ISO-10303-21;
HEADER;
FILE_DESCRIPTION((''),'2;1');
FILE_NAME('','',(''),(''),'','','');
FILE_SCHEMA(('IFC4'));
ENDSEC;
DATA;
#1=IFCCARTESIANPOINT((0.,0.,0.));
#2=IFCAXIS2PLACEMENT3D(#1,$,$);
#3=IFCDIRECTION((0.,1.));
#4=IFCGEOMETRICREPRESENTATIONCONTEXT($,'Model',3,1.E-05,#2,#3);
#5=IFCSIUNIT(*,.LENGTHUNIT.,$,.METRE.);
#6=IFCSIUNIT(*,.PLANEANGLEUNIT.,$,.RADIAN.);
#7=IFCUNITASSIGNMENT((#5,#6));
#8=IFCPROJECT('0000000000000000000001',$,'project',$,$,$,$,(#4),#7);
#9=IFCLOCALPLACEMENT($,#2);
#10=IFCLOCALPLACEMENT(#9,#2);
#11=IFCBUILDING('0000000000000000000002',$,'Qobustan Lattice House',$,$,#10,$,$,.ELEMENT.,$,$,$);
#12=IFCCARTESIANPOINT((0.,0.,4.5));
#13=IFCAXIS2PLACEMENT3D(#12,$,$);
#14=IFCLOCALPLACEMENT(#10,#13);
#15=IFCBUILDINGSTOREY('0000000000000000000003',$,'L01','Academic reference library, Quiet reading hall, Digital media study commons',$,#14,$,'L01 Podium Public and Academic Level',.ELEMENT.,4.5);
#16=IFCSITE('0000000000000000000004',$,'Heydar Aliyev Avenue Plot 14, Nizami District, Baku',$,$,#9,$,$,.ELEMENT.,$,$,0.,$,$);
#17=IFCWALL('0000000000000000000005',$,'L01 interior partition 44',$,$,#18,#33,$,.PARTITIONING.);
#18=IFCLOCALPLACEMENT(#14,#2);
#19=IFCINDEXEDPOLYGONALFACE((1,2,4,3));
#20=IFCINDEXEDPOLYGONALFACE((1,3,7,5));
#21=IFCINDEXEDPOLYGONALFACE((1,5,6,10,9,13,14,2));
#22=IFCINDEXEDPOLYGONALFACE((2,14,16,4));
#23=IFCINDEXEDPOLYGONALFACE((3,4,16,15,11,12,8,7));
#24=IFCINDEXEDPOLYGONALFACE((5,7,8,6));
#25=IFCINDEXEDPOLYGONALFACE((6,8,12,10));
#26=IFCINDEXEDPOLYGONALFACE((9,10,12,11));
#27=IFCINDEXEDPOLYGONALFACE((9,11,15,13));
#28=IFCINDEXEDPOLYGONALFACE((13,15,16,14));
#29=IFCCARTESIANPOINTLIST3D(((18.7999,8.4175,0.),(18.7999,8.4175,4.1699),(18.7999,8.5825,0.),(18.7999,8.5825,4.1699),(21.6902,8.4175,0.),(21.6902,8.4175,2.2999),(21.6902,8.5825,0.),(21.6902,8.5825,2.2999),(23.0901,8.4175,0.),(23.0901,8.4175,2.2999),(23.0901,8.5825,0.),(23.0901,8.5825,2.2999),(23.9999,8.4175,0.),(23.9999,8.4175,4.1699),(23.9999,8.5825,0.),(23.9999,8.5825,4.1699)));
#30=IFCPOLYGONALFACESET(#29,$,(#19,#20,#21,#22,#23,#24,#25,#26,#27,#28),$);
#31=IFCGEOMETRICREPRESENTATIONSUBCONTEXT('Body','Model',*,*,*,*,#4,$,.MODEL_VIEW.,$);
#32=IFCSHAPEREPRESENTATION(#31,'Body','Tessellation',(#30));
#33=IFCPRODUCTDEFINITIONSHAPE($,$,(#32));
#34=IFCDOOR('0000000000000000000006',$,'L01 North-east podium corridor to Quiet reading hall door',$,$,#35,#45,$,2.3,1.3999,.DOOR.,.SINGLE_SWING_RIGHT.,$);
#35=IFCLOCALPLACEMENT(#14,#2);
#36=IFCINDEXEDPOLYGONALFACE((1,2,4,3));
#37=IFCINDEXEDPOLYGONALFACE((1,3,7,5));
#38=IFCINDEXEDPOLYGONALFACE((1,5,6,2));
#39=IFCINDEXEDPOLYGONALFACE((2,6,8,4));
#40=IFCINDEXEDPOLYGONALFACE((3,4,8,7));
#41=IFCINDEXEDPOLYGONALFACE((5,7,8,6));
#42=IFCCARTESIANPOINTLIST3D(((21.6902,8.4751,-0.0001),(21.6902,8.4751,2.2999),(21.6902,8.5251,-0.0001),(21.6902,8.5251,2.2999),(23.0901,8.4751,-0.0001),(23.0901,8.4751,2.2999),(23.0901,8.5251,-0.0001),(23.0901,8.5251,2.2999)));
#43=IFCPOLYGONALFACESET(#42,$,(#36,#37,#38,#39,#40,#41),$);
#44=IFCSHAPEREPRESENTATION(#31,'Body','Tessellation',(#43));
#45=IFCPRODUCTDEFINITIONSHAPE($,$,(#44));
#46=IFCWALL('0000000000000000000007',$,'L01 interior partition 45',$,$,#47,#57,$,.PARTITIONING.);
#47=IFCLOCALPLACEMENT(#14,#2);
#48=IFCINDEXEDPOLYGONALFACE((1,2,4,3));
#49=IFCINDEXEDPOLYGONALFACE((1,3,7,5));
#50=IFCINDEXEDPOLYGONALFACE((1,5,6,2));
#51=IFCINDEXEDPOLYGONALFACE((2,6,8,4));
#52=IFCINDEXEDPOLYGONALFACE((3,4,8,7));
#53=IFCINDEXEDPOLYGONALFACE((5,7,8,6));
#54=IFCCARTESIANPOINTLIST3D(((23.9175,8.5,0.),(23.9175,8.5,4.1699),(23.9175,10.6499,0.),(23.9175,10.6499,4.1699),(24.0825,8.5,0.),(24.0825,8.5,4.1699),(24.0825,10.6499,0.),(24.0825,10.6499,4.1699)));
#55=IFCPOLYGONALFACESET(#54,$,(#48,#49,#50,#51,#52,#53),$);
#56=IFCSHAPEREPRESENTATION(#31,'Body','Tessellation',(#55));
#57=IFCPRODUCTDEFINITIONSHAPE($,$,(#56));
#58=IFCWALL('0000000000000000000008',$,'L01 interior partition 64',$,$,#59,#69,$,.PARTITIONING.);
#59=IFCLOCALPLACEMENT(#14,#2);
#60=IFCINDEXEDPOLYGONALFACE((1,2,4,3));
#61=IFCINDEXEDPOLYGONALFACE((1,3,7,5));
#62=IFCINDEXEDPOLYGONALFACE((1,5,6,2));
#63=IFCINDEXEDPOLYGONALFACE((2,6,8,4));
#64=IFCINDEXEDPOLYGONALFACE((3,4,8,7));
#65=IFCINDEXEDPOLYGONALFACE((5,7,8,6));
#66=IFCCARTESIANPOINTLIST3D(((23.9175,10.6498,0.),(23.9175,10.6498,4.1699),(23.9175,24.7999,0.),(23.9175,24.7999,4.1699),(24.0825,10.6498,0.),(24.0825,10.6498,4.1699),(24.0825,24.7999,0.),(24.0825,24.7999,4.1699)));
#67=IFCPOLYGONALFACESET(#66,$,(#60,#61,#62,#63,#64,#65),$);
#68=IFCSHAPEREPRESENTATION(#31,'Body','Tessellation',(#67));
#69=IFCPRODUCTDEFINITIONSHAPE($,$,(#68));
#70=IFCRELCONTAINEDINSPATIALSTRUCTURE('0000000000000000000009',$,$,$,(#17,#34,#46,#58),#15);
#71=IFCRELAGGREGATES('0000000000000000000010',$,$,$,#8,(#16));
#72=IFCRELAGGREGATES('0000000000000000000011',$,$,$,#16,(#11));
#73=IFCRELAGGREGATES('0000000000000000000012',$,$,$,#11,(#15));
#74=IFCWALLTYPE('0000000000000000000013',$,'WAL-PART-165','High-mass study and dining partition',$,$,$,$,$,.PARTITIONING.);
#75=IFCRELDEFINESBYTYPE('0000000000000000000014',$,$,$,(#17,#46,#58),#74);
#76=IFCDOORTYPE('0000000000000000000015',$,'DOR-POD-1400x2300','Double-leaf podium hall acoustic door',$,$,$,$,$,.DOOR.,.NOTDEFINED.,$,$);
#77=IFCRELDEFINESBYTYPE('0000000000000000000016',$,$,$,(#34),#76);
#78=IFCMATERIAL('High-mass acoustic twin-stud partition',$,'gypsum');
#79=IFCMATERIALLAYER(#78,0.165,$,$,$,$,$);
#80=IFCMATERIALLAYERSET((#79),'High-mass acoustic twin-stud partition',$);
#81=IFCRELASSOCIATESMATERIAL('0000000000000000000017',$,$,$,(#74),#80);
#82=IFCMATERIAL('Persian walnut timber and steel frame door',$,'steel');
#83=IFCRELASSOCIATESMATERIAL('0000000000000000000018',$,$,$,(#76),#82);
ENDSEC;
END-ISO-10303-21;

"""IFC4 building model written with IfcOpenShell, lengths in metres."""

from ifc_helpers import new_model, si_unit, direction, frame, frame_2d, origin, place, context, subcontext, project, spatial, rectangle, extrude, material, layer, layer_set, type_object, element, fill, save


model = new_model("IFC4")

# Units and contexts
model_context = context("Model", 3, precision=1e-05, world=origin(), true_north=direction((0.0, 1.0)))
body_context = subcontext(model_context, "Body", "Model", "MODEL_VIEW")
ifc_project = project(units=[si_unit("LENGTHUNIT", "METRE"), si_unit("PLANEANGLEUNIT", "RADIAN")], contexts=[model_context])

# Site, building, storey
site_placement = place(None, origin())
site = spatial("IfcSite", under=ifc_project, at=site_placement, Name="Heydar Aliyev Avenue Plot 14, Nizami District, Baku", CompositionType="ELEMENT", RefElevation=0.0)
building_placement = place(site_placement, origin())
building = spatial("IfcBuilding", under=site, at=building_placement, Name="Qobustan Lattice House", CompositionType="ELEMENT")
storey_placement = place(building_placement, frame((0.0, 0.0, 4.5)))
storey = spatial("IfcBuildingStorey", under=building, at=storey_placement, Name="L01", Description="Academic reference library, Quiet reading hall, Digital media study commons", LongName="L01 Podium Public and Academic Level", CompositionType="ELEMENT", Elevation=4.5)

# Wall, opening, door
ifc_material_1 = material(Name="High-mass acoustic twin-stud partition", Category="gypsum")
ifc_layer_1 = layer(ifc_material_1, 0.165)
ifc_layer_set_1 = layer_set([ifc_layer_1], Name="High-mass acoustic twin-stud partition")
wall_type_1 = type_object("IfcWallType", Name="WAL-PART-165", Description="High-mass study and dining partition", PredefinedType="PARTITIONING", material=ifc_layer_set_1)
wall_1_placement = place(storey_placement, frame((24.0, 8.5, 0.0), z_axis=(0.0, 0.0, 1.0), x_axis=(-1.0, 0.0, 0.0)))
wall_1 = element("IfcWall", 1, at=wall_1_placement, inside=storey, type_object=wall_type_1, Name="L01 interior partition 44", PredefinedType="PARTITIONING", context=body_context, shape_type="SweptSolid", body=[
    extrude(rectangle(XDim=5.2, YDim=0.165, at=frame_2d((2.6001, 0.0))), origin(), (0.0, 0.0, 1.0), 4.1699),
])
opening_1_placement = place(wall_1_placement, frame((0.9099, 0.0, 0.0)))
opening_1 = element("IfcOpeningElement", 2, at=opening_1_placement, cuts=wall_1, PredefinedType="OPENING", context=body_context, shape_type="SweptSolid", body=[
    extrude(rectangle(XDim=1.3999, YDim=2.3, at=frame_2d((0.7, 1.1499))), frame((0.0, 0.0925, 0.0), z_axis=(0.0, -1.0, 0.0), x_axis=(1.0, 0.0, 0.0)), (0.0, 0.0, 1.0), 0.1851),
])
ifc_material_2 = material(Name="Persian walnut timber and steel frame door", Category="steel")
door_type = type_object("IfcDoorType", Name="DOR-POD-1400x2300", Description="Double-leaf podium hall acoustic door", OperationType="NOTDEFINED", PredefinedType="DOOR", material=ifc_material_2)
door_placement = place(opening_1_placement, origin())
door = element("IfcDoor", 3, at=door_placement, inside=storey, type_object=door_type, Name="L01 North-east podium corridor to Quiet reading hall door", OperationType="SINGLE_SWING_RIGHT", OverallHeight=2.3, OverallWidth=1.3999, PredefinedType="DOOR", context=body_context, shape_type="SweptSolid", body=[
    extrude(rectangle(XDim=1.3999, YDim=2.3, at=frame_2d((0.7, 1.1499))), frame((0.0, 0.0249, 0.0), z_axis=(0.0, -1.0, 0.0), x_axis=(1.0, 0.0, 0.0)), (0.0, 0.0, 1.0), 0.05),
])
fill(opening_1, door)

# Walls
wall_2_placement = place(storey_placement, frame((24.0, 10.6499, 0.0), z_axis=(0.0, 0.0, 1.0), x_axis=(0.0, -1.0, 0.0)))
element("IfcWall", 4, at=wall_2_placement, inside=storey, type_object=wall_type_1, Name="L01 interior partition 45", PredefinedType="PARTITIONING", context=body_context, shape_type="SweptSolid", body=[
    extrude(rectangle(XDim=2.1499, YDim=0.165, at=frame_2d((1.075, 0.0))), origin(), (0.0, 0.0, 1.0), 4.1699),
])
wall_3_placement = place(storey_placement, frame((24.0, 24.8, 0.0), z_axis=(0.0, 0.0, 1.0), x_axis=(0.0, -1.0, 0.0)))
element("IfcWall", 5, at=wall_3_placement, inside=storey, type_object=wall_type_1, Name="L01 interior partition 64", PredefinedType="PARTITIONING", context=body_context, shape_type="SweptSolid", body=[
    extrude(rectangle(XDim=14.1501, YDim=0.165, at=frame_2d((7.0752, 0.0))), origin(), (0.0, 0.0, 1.0), 4.1699),
])

save(model, "model.ifc")
